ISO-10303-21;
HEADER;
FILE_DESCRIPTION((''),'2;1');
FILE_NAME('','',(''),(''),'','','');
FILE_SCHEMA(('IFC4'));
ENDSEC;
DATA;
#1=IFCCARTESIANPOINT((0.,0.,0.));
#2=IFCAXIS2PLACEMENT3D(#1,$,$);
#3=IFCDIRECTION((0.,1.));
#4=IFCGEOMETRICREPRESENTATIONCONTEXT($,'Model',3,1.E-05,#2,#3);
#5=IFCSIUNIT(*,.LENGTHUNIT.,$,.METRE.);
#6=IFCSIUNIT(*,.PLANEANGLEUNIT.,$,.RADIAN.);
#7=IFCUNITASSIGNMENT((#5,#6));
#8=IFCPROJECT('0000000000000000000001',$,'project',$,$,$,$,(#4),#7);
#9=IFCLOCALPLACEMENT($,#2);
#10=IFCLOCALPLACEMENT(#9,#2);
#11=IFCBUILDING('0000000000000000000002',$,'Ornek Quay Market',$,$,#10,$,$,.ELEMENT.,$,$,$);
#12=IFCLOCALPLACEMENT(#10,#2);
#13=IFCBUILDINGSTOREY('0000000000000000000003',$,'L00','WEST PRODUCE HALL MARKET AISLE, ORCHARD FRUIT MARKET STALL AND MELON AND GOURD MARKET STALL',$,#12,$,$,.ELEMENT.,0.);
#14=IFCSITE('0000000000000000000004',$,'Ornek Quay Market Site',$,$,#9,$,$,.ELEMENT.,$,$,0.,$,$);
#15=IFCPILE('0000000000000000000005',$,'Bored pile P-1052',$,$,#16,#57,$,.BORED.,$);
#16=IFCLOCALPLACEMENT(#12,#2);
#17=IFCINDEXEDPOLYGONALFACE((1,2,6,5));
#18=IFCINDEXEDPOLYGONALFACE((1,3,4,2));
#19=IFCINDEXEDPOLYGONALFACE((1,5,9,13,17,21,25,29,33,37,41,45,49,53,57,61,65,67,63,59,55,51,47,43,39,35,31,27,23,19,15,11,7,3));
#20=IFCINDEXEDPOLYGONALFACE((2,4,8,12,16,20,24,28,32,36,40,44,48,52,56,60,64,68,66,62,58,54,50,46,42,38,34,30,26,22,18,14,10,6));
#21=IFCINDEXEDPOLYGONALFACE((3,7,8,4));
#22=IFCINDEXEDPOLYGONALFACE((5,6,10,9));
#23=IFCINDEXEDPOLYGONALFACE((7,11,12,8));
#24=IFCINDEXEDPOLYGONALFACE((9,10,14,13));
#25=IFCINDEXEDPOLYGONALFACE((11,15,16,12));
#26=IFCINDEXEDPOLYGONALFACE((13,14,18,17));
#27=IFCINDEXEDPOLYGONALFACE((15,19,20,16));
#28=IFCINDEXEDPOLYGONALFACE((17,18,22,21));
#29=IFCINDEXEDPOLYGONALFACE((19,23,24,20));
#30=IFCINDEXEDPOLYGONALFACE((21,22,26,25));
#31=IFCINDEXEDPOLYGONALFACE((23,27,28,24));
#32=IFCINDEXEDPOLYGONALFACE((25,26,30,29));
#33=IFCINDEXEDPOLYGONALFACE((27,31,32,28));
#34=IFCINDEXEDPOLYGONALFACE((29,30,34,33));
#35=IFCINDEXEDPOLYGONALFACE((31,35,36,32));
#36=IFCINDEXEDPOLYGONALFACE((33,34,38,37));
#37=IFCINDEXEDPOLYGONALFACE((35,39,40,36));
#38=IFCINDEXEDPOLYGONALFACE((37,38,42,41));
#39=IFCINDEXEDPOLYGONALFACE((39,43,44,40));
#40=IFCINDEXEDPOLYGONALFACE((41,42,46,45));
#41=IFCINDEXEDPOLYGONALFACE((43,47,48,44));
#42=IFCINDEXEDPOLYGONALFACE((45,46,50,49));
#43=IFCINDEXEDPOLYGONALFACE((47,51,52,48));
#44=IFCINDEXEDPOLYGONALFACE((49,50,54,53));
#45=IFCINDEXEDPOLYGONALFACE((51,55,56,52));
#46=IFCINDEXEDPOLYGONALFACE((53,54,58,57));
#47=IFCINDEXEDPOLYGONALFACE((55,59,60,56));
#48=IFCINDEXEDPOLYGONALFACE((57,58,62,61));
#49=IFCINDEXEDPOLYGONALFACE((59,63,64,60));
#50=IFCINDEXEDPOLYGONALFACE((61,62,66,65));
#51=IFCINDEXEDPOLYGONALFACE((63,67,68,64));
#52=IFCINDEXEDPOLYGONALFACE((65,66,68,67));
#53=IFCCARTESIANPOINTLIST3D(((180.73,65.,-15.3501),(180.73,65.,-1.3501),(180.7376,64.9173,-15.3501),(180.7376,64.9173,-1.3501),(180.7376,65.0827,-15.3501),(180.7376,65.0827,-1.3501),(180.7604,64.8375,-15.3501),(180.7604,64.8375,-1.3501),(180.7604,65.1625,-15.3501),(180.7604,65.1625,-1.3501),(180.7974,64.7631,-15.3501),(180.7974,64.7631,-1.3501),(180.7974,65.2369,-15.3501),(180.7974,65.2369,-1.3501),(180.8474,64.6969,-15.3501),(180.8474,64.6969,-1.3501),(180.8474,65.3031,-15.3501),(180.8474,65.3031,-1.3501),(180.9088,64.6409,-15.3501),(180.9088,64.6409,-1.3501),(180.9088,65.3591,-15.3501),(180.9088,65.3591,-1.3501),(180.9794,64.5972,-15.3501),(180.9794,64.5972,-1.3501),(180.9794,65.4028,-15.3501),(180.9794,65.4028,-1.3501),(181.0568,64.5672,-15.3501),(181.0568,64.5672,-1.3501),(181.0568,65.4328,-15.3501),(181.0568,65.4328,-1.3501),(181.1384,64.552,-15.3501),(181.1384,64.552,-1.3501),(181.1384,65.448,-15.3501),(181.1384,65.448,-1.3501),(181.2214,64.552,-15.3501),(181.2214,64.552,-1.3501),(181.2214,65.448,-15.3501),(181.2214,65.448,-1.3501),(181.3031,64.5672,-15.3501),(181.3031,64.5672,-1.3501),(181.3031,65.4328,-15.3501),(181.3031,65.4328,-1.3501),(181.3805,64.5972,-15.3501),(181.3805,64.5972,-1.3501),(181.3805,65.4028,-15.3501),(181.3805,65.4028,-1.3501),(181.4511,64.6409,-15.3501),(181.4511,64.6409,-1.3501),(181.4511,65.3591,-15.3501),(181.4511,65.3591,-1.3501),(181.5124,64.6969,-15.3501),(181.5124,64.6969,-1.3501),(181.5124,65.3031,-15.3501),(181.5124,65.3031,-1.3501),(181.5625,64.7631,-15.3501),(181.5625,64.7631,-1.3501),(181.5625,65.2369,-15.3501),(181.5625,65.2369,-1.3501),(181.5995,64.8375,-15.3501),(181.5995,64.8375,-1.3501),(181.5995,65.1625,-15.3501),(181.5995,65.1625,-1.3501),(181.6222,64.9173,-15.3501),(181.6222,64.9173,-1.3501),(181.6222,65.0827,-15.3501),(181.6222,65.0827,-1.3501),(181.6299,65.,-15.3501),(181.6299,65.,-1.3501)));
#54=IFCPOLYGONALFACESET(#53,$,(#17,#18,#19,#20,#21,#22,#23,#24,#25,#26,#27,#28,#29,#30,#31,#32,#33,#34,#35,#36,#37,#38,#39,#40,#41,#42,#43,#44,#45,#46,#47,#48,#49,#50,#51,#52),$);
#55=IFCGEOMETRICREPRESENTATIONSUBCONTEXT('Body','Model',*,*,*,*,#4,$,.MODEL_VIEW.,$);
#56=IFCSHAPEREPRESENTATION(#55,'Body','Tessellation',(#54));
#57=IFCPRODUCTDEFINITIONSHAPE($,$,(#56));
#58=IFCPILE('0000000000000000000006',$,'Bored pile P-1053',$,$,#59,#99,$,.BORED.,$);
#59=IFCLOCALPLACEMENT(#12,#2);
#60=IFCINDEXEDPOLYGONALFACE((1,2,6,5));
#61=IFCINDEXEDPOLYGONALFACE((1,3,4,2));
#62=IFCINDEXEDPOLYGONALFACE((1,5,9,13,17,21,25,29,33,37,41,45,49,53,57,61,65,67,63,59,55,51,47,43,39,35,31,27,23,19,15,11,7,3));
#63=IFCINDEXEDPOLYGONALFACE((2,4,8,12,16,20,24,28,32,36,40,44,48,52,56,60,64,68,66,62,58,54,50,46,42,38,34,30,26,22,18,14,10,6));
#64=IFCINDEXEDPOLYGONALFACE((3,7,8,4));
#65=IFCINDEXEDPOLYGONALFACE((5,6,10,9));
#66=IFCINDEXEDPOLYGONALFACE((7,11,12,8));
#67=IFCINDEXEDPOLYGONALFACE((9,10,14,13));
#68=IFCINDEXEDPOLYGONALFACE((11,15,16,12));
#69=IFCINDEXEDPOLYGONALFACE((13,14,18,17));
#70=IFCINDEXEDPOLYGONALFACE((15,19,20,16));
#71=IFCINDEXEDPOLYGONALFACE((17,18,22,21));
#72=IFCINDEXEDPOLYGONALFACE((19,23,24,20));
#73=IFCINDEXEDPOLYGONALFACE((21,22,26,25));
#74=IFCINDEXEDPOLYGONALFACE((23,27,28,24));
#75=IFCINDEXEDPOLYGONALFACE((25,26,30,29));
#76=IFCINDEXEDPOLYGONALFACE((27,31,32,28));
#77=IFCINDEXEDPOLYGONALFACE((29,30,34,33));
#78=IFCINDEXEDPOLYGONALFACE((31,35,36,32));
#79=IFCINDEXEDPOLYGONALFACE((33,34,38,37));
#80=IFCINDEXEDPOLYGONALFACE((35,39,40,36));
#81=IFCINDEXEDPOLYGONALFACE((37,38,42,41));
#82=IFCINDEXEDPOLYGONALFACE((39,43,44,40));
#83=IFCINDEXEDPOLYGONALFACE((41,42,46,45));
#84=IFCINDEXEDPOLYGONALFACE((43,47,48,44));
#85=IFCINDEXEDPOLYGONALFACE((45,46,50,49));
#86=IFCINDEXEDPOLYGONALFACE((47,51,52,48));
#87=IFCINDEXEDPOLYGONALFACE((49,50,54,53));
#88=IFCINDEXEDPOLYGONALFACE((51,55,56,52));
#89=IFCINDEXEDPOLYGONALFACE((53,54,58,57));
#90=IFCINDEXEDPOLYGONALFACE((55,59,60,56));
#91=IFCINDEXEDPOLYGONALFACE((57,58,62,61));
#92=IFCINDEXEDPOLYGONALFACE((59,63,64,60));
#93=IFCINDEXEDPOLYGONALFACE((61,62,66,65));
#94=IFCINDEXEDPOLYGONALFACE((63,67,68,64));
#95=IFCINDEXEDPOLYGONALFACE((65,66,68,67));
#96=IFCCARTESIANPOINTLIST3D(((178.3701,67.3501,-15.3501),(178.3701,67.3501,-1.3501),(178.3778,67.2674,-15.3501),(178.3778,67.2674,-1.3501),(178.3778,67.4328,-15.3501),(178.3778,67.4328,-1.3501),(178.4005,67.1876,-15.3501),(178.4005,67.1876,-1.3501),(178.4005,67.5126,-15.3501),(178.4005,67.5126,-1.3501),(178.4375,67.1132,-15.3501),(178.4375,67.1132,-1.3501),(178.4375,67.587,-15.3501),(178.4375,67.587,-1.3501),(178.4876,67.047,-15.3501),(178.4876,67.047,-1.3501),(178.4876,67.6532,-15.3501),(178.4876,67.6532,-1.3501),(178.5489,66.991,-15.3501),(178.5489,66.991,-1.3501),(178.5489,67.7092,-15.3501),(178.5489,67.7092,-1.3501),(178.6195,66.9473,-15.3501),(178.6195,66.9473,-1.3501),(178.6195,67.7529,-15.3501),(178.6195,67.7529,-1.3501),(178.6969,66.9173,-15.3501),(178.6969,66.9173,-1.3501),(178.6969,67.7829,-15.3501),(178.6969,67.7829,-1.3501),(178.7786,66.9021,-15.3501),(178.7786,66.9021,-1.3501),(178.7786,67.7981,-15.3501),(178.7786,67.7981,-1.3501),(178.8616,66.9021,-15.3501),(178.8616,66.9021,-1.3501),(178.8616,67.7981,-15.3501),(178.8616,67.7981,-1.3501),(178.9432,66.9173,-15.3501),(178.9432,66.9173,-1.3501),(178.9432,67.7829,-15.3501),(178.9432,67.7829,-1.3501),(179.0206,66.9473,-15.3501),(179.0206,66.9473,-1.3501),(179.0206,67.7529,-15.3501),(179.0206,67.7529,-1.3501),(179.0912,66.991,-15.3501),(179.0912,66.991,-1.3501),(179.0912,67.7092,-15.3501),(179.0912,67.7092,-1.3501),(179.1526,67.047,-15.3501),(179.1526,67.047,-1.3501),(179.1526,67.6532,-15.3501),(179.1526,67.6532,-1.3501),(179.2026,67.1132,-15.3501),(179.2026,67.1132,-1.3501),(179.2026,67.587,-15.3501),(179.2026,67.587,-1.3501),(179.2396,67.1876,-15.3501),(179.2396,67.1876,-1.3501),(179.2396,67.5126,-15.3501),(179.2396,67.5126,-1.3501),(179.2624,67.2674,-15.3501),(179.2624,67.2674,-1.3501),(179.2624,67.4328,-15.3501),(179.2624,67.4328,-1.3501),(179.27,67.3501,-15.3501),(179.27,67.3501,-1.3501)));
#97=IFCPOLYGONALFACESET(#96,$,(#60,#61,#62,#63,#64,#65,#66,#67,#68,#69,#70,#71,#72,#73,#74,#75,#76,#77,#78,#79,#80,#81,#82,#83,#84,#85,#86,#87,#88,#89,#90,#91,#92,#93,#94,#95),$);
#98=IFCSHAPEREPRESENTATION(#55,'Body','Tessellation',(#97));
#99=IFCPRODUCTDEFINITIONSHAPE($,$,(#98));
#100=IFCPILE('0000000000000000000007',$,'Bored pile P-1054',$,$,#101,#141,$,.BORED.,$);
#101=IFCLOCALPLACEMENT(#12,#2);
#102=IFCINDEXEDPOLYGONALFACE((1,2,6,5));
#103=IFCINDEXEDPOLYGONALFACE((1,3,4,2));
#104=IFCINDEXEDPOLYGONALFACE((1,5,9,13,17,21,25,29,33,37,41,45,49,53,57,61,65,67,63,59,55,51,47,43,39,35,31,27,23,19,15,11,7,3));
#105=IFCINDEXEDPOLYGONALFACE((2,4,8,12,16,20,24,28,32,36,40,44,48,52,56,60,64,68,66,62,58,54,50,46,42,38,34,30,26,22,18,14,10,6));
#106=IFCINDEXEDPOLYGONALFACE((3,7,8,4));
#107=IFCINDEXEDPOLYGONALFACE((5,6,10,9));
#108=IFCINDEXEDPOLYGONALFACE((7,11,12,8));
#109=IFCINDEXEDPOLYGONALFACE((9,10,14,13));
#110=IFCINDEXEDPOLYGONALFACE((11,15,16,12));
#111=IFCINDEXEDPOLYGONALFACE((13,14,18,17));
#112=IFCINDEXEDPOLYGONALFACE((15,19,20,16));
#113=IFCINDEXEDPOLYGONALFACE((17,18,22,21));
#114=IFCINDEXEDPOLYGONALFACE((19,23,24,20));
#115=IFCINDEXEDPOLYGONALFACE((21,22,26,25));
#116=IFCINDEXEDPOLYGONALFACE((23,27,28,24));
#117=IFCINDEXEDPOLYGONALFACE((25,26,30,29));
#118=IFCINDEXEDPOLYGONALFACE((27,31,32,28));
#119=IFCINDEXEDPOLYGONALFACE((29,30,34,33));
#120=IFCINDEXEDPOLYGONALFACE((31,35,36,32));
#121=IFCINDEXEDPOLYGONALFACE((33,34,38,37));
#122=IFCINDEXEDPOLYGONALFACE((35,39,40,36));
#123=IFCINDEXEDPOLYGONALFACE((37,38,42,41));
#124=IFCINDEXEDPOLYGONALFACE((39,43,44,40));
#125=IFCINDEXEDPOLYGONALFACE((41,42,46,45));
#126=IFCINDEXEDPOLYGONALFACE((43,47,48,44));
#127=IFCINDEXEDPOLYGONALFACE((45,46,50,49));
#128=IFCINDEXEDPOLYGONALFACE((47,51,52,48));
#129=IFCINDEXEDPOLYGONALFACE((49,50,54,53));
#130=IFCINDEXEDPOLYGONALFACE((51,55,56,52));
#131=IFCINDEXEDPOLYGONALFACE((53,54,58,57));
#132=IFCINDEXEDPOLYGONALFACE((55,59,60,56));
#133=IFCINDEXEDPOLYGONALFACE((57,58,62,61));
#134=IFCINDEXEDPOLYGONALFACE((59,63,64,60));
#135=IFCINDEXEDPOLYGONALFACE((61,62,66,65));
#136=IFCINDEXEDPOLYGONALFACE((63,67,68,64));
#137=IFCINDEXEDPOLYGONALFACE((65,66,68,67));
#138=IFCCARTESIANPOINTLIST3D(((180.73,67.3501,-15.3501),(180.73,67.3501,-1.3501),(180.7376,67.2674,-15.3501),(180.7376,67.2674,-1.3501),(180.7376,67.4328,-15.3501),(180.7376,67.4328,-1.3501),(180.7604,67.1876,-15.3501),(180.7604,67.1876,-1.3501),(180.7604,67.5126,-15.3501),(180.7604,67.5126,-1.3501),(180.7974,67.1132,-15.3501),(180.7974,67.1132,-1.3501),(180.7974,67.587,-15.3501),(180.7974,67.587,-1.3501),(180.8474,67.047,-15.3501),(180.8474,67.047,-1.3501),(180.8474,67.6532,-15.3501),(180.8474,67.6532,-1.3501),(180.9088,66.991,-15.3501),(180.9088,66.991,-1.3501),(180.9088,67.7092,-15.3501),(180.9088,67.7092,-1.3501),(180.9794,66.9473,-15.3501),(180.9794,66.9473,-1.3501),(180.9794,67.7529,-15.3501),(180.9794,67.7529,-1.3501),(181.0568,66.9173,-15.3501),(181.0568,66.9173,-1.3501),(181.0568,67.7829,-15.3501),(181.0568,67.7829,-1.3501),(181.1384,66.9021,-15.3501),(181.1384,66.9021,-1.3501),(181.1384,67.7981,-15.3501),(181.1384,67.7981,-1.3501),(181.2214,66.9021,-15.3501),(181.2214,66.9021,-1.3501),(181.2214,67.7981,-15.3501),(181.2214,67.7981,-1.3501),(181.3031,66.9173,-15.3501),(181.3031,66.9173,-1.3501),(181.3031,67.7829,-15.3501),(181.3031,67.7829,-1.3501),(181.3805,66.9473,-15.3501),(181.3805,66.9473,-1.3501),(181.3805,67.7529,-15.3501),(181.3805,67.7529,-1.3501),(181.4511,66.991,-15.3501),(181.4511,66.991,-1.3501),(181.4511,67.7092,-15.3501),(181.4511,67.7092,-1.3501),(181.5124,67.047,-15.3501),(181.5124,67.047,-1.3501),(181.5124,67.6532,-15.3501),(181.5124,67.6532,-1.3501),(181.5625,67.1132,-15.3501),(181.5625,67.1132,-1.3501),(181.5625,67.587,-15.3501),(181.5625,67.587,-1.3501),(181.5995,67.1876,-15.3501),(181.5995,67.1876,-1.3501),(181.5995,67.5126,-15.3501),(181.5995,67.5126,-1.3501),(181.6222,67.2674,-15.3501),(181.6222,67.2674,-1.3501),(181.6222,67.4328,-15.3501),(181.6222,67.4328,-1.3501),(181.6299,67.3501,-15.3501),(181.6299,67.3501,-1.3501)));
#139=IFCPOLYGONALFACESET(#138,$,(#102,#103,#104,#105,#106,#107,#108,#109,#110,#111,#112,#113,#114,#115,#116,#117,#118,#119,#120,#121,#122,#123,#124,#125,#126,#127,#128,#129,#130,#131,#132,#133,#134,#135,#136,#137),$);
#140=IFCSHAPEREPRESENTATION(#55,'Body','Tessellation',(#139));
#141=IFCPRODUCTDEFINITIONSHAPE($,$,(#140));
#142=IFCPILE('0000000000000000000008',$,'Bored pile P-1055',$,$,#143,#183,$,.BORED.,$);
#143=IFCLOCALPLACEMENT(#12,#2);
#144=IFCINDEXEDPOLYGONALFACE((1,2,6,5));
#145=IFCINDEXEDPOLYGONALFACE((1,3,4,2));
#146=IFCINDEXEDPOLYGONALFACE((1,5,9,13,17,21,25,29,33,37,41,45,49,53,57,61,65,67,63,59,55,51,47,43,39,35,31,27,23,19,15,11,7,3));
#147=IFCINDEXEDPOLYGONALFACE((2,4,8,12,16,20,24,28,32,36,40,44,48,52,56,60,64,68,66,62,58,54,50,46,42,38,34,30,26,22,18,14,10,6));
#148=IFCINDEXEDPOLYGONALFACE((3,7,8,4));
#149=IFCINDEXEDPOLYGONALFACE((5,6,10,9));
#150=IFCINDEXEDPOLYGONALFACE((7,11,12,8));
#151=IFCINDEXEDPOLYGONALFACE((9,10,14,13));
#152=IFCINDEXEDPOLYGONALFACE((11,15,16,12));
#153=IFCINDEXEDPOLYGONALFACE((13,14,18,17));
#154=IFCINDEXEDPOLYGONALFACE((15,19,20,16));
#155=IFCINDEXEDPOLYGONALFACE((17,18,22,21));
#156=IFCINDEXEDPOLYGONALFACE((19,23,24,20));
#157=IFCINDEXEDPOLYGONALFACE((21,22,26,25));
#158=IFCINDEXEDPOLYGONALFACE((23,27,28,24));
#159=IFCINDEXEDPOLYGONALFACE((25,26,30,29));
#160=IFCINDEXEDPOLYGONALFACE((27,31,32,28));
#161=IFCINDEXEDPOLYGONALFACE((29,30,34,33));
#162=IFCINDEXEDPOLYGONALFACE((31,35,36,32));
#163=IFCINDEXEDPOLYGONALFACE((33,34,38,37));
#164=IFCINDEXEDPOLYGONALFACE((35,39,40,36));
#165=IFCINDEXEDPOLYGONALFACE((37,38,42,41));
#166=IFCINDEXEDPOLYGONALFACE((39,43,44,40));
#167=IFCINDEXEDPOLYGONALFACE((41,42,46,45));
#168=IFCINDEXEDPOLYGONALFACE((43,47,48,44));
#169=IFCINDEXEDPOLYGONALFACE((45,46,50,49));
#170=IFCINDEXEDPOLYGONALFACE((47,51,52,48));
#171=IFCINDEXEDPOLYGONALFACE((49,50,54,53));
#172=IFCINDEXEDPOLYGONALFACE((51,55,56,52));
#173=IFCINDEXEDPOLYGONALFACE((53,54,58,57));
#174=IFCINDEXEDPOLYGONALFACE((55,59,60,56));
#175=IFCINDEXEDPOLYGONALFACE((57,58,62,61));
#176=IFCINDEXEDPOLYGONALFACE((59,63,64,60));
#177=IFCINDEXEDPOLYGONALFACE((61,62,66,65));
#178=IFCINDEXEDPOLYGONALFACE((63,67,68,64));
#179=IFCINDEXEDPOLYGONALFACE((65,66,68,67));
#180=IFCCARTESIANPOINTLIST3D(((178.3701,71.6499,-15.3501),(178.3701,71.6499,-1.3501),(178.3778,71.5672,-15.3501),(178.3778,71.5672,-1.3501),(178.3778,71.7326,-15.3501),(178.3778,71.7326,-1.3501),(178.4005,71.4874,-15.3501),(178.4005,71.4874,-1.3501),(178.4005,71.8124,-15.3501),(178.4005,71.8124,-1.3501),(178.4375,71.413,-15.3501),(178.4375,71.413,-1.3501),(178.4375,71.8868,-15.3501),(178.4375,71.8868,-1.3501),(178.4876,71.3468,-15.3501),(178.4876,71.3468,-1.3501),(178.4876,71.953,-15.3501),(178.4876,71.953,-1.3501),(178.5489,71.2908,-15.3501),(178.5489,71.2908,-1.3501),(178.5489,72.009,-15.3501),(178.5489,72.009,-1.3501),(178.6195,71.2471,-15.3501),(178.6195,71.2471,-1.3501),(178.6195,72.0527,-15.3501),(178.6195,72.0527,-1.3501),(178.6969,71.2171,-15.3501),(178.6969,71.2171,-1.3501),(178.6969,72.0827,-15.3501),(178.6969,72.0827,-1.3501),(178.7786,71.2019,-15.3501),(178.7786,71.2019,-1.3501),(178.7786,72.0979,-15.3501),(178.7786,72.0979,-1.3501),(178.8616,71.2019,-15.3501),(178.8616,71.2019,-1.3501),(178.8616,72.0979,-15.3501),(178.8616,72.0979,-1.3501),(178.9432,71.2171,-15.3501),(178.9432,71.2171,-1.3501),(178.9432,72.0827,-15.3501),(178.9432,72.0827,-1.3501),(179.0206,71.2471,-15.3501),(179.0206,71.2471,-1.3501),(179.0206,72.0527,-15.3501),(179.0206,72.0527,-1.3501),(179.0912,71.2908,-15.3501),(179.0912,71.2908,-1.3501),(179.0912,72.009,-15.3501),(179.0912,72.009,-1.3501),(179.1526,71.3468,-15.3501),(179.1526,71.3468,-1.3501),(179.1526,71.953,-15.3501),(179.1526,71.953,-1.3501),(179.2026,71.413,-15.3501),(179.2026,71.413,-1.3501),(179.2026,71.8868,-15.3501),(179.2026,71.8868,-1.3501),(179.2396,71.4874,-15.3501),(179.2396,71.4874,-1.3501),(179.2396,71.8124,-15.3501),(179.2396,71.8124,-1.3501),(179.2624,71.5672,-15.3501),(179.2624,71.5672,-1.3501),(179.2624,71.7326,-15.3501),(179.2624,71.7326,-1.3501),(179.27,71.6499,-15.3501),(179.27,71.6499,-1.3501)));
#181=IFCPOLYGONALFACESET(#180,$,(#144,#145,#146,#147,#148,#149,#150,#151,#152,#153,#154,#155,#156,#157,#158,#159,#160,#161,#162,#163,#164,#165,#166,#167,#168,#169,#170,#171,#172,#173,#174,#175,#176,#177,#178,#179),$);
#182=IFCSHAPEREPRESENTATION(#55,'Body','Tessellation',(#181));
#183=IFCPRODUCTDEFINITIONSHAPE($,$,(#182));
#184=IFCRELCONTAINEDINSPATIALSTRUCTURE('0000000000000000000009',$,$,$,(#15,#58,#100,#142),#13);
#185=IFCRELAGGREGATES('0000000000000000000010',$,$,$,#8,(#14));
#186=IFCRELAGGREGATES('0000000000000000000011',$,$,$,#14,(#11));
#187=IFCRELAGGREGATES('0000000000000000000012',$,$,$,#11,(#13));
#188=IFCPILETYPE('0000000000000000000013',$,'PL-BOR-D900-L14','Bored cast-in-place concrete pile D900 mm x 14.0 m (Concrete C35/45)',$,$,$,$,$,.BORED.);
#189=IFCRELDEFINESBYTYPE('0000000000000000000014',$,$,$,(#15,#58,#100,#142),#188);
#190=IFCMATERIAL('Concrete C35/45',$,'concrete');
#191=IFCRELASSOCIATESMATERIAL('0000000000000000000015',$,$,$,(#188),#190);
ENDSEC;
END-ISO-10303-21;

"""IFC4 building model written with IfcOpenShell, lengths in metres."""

from ifc_helpers import new_model, si_unit, direction, frame, origin, origin_2d, place, context, subcontext, project, spatial, circle, extrude, material, material_profile, profile_set, type_object, element, save


model = new_model("IFC4")

# Units and contexts
model_context = context("Model", 3, precision=1e-05, world=origin(), true_north=direction((0.0, 1.0)))
body_context = subcontext(model_context, "Body", "Model", "MODEL_VIEW")
ifc_project = project(units=[si_unit("LENGTHUNIT", "METRE"), si_unit("PLANEANGLEUNIT", "RADIAN")], contexts=[model_context])

# Site, building, storey
site_placement = place(None, origin())
site = spatial("IfcSite", under=ifc_project, at=site_placement, Name="Ornek Quay Market Site", CompositionType="ELEMENT", RefElevation=0.0)
building_placement = place(site_placement, origin())
building = spatial("IfcBuilding", under=site, at=building_placement, Name="Ornek Quay Market", CompositionType="ELEMENT")
storey_placement = place(building_placement, origin())
storey = spatial("IfcBuildingStorey", under=building, at=storey_placement, Name="L00", Description="WEST PRODUCE HALL MARKET AISLE, ORCHARD FRUIT MARKET STALL AND MELON AND GOURD MARKET STALL", CompositionType="ELEMENT", Elevation=0.0)

# Piles
ifc_material_1 = material(Name="Concrete C35/45", Category="concrete")
ifc_material_profile_1 = material_profile(ifc_material_1, circle(Radius=0.45, at=origin_2d()), Name="PILE D900", Category="concrete")
ifc_profile_set_1 = profile_set([ifc_material_profile_1], Name="Concrete C35/45")
pile_type = type_object("IfcPileType", Name="PL-BOR-D900-L14", Description="Bored cast-in-place concrete pile D900 mm x 14.0 m (Concrete C35/45)", PredefinedType="BORED", material=ifc_profile_set_1)
for number, where, z_axis, x_axis, name in (
    (1, (181.1799, 65.0, -1.3501), (0.0, 0.0, -1.0), (1.0, 0.0, 0.0), "Bored pile P-1052"),
    (2, (178.8201, 67.3501, -1.3501), (0.0, 0.0, -1.0), (1.0, 0.0, 0.0), "Bored pile P-1053"),
    (3, (181.1799, 67.3501, -1.3501), (0.0, 0.0, -1.0), (1.0, 0.0, 0.0), "Bored pile P-1054"),
    (4, (178.8201, 71.6499, -1.3501), (0.0, 0.0, -1.0), (1.0, 0.0, 0.0), "Bored pile P-1055"),
):
    element("IfcPile", number, at=place(storey_placement, frame(where, z_axis=z_axis, x_axis=x_axis)), inside=storey, type_object=pile_type, Name=name, PredefinedType="BORED", context=body_context, shape_type="SweptSolid", body=[
        extrude(circle(Radius=0.45, at=origin_2d()), origin(), (0.0, 0.0, 1.0), 14.0),
    ])

save(model, "model.ifc")
